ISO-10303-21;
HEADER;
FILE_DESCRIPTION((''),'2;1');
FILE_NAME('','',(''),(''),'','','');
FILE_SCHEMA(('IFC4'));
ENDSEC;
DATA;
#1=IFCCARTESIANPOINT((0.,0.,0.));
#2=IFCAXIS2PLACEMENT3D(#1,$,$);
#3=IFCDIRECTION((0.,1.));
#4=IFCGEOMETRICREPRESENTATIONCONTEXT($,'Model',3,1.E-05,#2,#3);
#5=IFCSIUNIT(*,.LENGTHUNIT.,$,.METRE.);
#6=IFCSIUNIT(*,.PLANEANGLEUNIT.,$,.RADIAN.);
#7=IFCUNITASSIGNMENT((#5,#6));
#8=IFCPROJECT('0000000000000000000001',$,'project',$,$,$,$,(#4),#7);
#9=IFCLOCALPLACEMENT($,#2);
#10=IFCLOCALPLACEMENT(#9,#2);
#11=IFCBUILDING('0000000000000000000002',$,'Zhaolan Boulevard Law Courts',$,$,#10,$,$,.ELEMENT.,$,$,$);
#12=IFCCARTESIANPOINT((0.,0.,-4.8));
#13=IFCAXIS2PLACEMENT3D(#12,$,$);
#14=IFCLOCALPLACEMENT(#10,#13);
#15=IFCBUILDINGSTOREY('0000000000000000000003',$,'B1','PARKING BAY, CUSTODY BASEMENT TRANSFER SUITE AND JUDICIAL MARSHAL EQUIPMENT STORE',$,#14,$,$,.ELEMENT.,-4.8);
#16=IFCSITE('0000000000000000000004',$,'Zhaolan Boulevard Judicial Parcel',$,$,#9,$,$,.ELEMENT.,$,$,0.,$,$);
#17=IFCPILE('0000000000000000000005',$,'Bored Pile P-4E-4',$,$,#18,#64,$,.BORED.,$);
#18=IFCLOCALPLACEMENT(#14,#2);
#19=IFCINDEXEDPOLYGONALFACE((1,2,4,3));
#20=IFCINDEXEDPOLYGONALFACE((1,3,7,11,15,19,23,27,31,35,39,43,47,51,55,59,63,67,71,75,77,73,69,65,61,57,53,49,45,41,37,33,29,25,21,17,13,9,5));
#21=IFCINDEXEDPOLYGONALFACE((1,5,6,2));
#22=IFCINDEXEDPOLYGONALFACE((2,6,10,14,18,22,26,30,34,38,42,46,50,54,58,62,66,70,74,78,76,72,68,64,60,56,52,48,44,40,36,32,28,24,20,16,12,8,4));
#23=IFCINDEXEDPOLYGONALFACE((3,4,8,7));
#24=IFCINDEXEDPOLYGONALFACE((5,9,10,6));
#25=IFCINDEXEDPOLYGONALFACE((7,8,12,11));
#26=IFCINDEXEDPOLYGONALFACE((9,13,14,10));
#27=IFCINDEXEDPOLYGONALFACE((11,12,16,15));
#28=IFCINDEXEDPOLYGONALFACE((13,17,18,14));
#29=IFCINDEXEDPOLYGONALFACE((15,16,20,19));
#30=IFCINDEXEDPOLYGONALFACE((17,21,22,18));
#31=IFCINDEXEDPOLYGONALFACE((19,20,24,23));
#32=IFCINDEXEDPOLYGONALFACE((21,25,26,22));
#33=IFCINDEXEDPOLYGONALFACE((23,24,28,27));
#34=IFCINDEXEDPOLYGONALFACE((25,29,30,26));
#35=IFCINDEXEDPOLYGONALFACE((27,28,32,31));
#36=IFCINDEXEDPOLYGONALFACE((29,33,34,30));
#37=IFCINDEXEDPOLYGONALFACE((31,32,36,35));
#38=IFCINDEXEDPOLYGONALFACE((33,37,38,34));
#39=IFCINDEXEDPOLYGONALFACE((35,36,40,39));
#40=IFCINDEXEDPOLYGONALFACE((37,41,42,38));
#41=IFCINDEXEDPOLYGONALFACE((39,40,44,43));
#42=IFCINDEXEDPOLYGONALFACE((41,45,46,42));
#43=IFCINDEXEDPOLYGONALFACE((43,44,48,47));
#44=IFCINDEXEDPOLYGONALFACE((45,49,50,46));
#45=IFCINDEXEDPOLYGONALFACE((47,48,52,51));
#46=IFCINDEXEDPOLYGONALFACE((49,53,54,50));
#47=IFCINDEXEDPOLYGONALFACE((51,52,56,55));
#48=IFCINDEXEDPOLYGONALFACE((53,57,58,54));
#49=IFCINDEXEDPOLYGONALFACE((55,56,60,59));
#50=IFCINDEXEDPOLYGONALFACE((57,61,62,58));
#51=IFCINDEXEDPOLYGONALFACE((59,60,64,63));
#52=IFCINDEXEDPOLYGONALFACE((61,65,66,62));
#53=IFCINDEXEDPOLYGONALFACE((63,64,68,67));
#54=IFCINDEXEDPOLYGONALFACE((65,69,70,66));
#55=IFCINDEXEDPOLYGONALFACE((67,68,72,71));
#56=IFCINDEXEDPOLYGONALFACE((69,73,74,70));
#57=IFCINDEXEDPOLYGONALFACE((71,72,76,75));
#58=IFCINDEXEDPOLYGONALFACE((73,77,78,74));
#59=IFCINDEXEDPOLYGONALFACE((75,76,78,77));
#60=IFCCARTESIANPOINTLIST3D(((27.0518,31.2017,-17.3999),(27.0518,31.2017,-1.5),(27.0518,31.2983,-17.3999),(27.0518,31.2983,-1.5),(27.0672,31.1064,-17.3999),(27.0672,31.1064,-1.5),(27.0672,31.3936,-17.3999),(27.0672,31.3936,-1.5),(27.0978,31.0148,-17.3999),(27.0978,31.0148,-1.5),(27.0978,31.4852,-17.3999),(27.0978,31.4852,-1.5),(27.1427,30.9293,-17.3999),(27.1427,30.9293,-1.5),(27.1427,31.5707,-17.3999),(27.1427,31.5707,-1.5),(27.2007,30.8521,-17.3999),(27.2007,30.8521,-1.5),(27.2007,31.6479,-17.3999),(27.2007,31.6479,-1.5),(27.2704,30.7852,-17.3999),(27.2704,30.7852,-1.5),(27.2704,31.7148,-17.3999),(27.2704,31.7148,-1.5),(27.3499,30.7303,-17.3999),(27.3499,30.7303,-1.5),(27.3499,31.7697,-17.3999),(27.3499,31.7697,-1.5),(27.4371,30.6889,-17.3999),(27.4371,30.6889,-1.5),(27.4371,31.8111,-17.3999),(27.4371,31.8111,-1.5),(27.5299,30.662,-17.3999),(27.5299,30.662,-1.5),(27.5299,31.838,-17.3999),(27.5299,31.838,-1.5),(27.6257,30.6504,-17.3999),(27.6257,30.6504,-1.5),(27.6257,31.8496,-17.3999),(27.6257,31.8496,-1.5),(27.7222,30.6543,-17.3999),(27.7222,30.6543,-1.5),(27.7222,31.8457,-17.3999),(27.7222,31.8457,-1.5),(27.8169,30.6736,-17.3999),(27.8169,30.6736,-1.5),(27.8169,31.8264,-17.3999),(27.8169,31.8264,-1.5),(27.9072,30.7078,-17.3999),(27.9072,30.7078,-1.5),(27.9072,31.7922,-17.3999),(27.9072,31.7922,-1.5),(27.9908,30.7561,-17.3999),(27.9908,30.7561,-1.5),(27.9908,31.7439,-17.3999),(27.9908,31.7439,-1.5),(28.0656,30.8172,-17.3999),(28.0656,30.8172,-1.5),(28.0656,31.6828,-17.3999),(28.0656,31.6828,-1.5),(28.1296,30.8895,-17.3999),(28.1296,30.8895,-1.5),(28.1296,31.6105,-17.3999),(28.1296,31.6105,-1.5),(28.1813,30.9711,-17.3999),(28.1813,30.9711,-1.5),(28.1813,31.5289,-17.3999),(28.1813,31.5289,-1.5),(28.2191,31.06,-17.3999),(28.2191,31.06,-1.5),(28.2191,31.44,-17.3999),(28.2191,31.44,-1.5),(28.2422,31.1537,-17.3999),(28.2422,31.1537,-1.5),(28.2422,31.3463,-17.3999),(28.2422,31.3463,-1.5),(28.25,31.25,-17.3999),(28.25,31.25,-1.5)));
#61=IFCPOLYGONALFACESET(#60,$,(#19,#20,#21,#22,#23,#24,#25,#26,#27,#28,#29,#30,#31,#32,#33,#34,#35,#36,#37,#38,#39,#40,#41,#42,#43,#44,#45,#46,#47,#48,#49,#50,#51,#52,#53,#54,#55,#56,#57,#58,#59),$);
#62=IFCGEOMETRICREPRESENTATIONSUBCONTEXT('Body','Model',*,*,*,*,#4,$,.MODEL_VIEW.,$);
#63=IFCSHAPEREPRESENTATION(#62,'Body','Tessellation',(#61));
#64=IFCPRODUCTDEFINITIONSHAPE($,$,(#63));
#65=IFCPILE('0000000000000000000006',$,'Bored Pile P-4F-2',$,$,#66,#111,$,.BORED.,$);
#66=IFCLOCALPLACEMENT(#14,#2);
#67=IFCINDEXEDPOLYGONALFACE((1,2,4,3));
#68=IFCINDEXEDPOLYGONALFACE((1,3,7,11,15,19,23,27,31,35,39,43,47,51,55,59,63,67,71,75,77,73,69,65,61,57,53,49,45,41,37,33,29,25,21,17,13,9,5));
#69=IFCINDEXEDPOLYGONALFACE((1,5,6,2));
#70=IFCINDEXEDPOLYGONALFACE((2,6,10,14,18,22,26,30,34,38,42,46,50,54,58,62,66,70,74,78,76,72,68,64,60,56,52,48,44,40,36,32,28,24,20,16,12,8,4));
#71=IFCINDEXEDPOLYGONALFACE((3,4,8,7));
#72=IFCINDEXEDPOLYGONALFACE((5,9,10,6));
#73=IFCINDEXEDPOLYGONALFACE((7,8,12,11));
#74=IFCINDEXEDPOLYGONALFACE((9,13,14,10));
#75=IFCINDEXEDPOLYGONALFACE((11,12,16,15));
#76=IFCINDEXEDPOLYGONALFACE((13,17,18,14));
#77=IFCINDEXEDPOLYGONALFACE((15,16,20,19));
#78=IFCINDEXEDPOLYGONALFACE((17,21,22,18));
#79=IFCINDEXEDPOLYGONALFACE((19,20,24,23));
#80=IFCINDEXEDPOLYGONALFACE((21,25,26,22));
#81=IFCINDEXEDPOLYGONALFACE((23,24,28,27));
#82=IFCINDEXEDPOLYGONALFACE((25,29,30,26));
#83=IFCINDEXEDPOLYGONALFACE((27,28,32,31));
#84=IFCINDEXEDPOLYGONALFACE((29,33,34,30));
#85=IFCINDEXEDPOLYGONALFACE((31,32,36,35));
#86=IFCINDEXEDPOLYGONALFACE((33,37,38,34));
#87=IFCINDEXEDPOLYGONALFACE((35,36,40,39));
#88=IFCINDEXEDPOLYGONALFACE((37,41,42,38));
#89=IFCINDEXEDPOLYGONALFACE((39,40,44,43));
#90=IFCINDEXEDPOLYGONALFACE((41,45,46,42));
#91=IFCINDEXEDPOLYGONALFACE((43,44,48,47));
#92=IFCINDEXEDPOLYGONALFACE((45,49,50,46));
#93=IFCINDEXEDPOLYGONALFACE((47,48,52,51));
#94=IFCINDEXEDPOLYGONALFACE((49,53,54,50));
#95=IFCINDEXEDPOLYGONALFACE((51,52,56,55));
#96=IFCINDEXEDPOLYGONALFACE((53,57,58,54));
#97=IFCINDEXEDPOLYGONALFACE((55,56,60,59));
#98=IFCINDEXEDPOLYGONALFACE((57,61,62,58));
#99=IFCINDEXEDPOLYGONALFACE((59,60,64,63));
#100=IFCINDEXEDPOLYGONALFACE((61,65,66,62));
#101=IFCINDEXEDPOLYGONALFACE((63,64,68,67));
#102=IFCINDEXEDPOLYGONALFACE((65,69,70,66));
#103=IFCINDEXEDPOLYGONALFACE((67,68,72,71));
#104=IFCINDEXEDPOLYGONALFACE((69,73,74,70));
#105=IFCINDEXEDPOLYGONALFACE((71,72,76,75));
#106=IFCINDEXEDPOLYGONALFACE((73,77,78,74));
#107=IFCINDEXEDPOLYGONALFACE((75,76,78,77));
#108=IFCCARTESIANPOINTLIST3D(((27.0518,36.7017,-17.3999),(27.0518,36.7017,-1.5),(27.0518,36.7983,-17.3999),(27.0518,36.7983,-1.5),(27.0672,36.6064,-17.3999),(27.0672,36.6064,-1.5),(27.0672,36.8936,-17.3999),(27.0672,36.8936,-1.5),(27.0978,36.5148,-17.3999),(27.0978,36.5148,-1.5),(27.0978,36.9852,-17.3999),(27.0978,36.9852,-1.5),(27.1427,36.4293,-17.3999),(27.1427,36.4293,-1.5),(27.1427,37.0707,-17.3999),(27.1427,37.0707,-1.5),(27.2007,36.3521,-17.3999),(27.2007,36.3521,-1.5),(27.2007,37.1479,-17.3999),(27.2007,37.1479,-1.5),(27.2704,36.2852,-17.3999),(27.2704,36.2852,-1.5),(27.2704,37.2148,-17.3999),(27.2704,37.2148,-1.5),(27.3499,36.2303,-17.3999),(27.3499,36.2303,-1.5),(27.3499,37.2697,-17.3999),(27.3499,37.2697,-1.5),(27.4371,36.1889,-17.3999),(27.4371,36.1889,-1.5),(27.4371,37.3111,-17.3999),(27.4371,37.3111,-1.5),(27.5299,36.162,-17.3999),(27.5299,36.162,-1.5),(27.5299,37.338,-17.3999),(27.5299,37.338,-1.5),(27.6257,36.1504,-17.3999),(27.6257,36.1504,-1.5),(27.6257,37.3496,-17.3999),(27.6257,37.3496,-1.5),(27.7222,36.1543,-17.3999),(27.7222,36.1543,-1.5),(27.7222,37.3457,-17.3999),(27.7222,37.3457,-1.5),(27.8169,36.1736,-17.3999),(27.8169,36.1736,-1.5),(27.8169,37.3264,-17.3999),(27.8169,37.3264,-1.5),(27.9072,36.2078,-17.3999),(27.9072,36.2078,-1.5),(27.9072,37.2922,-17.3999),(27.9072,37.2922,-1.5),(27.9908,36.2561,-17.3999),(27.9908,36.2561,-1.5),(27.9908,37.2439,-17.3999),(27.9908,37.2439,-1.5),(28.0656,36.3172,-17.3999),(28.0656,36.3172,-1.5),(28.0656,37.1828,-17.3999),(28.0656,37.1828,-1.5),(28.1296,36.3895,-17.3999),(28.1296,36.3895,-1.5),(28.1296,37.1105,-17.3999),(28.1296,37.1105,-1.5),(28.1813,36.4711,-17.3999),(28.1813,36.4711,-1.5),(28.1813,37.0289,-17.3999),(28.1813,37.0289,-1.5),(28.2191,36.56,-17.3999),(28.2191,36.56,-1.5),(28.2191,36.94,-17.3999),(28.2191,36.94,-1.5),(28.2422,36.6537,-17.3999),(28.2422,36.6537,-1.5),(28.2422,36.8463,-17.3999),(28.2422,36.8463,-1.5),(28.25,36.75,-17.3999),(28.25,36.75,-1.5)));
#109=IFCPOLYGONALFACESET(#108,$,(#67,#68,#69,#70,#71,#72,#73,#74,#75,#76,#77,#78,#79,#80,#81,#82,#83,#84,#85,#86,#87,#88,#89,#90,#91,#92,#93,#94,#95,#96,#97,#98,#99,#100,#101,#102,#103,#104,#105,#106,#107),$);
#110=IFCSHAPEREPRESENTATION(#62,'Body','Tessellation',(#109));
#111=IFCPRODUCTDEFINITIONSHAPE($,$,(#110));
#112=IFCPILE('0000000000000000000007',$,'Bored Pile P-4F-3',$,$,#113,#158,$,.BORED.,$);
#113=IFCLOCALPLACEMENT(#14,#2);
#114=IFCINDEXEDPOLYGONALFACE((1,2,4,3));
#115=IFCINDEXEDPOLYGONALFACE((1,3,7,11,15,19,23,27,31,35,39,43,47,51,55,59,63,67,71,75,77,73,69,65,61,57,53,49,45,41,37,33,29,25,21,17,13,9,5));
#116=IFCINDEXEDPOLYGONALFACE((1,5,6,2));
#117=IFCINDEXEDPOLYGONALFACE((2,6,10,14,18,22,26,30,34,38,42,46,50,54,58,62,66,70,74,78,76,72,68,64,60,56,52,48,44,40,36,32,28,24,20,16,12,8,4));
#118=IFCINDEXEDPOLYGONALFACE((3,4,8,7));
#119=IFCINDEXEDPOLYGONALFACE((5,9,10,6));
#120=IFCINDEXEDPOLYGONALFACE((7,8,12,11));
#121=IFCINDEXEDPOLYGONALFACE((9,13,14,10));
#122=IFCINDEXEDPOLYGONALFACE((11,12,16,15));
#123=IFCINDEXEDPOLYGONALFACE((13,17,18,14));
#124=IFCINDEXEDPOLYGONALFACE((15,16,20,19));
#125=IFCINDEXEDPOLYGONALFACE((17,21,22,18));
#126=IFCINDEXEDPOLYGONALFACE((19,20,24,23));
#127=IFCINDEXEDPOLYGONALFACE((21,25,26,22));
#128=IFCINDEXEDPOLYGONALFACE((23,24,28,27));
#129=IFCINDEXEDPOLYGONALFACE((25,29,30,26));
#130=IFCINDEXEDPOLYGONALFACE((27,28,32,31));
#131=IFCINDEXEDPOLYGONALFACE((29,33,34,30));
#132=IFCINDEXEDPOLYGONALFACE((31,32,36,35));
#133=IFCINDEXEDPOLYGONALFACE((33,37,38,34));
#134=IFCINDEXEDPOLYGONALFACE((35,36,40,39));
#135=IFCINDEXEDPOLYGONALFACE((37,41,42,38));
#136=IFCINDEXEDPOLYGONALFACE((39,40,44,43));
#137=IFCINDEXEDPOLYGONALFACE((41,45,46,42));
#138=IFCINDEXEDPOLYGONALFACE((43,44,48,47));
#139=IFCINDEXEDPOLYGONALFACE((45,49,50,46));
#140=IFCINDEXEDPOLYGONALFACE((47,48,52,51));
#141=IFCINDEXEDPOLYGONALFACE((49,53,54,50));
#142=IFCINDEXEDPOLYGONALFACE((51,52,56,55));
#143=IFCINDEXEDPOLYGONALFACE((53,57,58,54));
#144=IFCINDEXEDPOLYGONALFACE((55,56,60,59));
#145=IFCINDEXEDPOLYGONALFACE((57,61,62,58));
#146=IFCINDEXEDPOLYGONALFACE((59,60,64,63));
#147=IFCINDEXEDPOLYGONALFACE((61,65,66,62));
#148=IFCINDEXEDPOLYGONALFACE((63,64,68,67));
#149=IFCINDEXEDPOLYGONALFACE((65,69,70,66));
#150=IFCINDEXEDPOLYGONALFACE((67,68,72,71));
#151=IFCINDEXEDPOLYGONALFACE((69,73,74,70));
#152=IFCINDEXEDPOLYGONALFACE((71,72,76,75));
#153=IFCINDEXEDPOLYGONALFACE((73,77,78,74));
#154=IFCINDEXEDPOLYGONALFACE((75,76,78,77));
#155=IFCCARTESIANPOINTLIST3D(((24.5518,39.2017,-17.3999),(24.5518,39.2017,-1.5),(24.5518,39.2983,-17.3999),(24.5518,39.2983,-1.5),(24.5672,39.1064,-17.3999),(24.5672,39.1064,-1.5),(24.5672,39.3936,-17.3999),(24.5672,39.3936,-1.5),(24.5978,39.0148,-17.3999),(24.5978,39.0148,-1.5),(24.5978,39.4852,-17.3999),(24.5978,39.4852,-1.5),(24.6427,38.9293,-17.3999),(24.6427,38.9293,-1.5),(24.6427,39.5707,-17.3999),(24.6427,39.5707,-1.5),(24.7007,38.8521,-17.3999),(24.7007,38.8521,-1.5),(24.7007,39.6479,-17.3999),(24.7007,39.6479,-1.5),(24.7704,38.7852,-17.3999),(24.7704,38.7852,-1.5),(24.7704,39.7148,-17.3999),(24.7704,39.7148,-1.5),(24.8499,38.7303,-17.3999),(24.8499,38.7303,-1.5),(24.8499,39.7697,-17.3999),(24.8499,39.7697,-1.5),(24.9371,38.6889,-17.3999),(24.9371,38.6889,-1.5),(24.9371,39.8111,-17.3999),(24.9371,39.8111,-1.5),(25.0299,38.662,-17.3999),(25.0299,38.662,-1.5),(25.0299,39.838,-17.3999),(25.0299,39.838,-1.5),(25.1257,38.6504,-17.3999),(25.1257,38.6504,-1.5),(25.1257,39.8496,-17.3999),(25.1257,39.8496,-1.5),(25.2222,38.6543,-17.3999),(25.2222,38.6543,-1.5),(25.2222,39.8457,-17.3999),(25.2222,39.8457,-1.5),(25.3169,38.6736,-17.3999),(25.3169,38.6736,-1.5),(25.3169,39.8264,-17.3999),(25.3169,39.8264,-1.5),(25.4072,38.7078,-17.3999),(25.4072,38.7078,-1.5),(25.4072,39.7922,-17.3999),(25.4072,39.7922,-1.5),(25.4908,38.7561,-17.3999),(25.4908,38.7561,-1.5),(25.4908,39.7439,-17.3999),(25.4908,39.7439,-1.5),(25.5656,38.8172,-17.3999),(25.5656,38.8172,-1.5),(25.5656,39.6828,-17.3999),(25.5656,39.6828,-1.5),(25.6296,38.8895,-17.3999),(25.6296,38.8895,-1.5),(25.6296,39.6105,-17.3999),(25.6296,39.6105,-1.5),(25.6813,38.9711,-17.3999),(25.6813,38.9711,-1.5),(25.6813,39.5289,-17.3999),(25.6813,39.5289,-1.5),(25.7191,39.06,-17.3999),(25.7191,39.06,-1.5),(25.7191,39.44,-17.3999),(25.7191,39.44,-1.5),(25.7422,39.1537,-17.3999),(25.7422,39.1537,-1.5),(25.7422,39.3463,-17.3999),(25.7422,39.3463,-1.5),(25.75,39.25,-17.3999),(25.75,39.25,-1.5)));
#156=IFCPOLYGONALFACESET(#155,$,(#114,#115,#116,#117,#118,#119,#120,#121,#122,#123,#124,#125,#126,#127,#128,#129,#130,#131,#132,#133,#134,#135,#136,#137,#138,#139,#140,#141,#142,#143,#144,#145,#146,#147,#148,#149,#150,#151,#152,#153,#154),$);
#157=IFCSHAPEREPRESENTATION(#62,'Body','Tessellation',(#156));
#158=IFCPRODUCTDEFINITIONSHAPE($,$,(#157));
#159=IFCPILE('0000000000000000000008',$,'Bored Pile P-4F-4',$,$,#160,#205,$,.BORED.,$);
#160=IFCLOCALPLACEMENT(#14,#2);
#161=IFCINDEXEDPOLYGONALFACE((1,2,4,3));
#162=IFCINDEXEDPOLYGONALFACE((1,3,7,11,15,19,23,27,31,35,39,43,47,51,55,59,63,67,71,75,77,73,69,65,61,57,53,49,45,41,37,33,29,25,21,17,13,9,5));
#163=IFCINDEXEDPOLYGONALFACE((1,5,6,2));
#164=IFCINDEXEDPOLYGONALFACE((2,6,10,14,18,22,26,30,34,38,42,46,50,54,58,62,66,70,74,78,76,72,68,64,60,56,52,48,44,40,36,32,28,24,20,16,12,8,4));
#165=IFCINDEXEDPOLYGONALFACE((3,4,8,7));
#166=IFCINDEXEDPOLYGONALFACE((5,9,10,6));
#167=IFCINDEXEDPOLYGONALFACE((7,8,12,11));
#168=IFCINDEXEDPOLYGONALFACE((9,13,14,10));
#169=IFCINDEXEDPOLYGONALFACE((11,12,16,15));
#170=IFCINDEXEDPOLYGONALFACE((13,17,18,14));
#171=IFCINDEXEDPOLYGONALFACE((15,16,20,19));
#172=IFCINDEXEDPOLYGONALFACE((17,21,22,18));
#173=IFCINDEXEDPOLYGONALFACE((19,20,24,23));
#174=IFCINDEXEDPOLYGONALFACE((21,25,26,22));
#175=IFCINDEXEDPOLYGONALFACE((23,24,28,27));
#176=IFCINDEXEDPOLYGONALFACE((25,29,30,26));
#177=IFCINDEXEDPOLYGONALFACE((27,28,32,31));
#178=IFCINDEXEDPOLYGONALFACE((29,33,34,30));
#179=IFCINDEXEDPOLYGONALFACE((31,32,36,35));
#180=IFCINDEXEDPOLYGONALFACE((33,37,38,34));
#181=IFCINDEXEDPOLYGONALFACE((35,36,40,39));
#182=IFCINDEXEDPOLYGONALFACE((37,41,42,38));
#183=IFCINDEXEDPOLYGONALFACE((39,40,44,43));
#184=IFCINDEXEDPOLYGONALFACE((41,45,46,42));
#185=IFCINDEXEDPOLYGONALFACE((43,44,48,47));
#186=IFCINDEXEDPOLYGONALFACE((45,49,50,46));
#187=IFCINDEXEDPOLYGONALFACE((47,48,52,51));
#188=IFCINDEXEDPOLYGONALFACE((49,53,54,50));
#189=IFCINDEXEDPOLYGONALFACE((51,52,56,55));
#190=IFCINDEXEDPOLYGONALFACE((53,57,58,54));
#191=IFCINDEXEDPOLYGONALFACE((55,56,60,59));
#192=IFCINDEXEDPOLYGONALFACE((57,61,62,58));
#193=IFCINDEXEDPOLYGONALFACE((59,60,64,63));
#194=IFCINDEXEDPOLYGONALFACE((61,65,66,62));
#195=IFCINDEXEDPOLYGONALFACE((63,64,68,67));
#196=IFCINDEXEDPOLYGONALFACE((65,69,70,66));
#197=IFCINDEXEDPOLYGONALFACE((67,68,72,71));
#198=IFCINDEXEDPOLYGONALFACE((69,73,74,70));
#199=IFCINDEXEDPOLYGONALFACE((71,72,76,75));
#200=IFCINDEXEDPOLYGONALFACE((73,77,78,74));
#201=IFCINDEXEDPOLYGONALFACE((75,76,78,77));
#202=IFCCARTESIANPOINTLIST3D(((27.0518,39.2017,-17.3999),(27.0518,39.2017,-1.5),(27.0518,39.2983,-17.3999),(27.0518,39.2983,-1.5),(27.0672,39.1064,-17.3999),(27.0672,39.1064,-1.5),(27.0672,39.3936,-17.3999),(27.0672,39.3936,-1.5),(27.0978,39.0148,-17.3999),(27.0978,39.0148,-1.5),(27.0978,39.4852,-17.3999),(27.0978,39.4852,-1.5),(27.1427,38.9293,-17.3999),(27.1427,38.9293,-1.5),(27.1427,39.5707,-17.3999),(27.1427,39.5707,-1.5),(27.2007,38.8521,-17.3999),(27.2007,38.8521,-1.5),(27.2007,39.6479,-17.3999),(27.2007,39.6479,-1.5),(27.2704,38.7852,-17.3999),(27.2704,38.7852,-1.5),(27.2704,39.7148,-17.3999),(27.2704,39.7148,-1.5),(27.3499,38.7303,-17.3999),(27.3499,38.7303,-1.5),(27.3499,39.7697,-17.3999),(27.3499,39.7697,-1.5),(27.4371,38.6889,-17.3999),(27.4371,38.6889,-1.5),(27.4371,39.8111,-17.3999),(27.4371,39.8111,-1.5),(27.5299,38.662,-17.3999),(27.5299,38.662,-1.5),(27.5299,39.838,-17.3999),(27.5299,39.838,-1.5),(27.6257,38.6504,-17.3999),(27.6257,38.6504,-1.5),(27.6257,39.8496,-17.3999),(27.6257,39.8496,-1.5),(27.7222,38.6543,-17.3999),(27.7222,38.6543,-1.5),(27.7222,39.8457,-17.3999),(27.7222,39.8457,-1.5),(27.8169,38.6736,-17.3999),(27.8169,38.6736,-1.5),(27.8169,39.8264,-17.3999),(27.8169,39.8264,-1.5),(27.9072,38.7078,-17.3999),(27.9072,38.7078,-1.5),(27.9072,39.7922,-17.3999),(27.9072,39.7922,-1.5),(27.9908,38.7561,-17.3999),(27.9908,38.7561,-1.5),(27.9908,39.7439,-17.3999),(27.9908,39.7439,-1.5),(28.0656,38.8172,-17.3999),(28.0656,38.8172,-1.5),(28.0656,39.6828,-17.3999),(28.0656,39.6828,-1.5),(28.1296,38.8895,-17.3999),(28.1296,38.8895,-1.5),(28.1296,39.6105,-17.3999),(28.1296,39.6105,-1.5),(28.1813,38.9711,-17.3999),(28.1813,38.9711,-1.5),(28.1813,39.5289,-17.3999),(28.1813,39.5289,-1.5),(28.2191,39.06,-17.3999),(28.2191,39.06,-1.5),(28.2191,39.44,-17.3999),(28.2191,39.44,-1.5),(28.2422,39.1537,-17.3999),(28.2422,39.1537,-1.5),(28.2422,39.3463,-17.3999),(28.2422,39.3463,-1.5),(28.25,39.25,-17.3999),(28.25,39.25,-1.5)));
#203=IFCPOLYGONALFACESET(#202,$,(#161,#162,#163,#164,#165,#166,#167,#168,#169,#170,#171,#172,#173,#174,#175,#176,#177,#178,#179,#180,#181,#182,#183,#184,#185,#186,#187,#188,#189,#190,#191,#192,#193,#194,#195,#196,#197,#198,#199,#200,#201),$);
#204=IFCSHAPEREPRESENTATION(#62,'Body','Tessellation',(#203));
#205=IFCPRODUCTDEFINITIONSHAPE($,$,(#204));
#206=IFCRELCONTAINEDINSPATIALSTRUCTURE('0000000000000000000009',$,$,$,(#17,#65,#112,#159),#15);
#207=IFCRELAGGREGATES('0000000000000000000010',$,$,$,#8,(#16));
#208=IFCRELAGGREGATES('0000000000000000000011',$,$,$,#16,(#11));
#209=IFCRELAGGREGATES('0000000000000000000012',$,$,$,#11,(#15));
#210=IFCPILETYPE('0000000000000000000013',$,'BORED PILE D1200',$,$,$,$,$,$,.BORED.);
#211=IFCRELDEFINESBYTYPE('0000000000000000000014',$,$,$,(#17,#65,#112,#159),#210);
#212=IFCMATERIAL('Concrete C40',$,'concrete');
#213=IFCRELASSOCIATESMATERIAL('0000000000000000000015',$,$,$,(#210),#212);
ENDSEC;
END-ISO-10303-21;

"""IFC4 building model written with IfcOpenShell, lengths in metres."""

from ifc_helpers import new_model, si_unit, direction, frame, origin, origin_2d, place, context, subcontext, project, spatial, circle, extrude, material, material_profile, profile_set, type_object, element, save


model = new_model("IFC4")

# Units and contexts
model_context = context("Model", 3, precision=1e-05, world=origin(), true_north=direction((0.0, 1.0)))
body_context = subcontext(model_context, "Body", "Model", "MODEL_VIEW")
ifc_project = project(units=[si_unit("LENGTHUNIT", "METRE"), si_unit("PLANEANGLEUNIT", "RADIAN")], contexts=[model_context])

# Site, building, storey
site_placement = place(None, origin())
site = spatial("IfcSite", under=ifc_project, at=site_placement, Name="Zhaolan Boulevard Judicial Parcel", CompositionType="ELEMENT", RefElevation=0.0)
building_placement = place(site_placement, origin())
building = spatial("IfcBuilding", under=site, at=building_placement, Name="Zhaolan Boulevard Law Courts", CompositionType="ELEMENT")
storey_placement = place(building_placement, frame((0.0, 0.0, -4.8)))
storey = spatial("IfcBuildingStorey", under=building, at=storey_placement, Name="B1", Description="PARKING BAY, CUSTODY BASEMENT TRANSFER SUITE AND JUDICIAL MARSHAL EQUIPMENT STORE", CompositionType="ELEMENT", Elevation=-4.8)

# Piles
ifc_material_1 = material(Name="Concrete C40", Category="concrete")
ifc_material_profile_1 = material_profile(ifc_material_1, circle(Radius=0.6001, at=origin_2d()), Name="PILE-D1200")
ifc_profile_set_1 = profile_set([ifc_material_profile_1], Name="Concrete C40")
pile_type = type_object("IfcPileType", Name="BORED PILE D1200", PredefinedType="BORED", material=ifc_profile_set_1)
for number, where, z_axis, x_axis, name in (
    (1, (27.6499, 31.25, -1.5), (0.0, 0.0, -1.0), (1.0, 0.0, 0.0), "Bored Pile P-4E-4"),
    (2, (27.6499, 36.75, -1.5), (0.0, 0.0, -1.0), (1.0, 0.0, 0.0), "Bored Pile P-4F-2"),
    (3, (25.1499, 39.25, -1.5), (0.0, 0.0, -1.0), (1.0, 0.0, 0.0), "Bored Pile P-4F-3"),
    (4, (27.6499, 39.25, -1.5), (0.0, 0.0, -1.0), (1.0, 0.0, 0.0), "Bored Pile P-4F-4"),
):
    element("IfcPile", number, at=place(storey_placement, frame(where, z_axis=z_axis, x_axis=x_axis)), inside=storey, type_object=pile_type, Name=name, PredefinedType="BORED", context=body_context, shape_type="SweptSolid", body=[
        extrude(circle(Radius=0.6001, at=origin_2d()), origin(), (0.0, 0.0, 1.0), 15.8999),
    ])

save(model, "model.ifc")
